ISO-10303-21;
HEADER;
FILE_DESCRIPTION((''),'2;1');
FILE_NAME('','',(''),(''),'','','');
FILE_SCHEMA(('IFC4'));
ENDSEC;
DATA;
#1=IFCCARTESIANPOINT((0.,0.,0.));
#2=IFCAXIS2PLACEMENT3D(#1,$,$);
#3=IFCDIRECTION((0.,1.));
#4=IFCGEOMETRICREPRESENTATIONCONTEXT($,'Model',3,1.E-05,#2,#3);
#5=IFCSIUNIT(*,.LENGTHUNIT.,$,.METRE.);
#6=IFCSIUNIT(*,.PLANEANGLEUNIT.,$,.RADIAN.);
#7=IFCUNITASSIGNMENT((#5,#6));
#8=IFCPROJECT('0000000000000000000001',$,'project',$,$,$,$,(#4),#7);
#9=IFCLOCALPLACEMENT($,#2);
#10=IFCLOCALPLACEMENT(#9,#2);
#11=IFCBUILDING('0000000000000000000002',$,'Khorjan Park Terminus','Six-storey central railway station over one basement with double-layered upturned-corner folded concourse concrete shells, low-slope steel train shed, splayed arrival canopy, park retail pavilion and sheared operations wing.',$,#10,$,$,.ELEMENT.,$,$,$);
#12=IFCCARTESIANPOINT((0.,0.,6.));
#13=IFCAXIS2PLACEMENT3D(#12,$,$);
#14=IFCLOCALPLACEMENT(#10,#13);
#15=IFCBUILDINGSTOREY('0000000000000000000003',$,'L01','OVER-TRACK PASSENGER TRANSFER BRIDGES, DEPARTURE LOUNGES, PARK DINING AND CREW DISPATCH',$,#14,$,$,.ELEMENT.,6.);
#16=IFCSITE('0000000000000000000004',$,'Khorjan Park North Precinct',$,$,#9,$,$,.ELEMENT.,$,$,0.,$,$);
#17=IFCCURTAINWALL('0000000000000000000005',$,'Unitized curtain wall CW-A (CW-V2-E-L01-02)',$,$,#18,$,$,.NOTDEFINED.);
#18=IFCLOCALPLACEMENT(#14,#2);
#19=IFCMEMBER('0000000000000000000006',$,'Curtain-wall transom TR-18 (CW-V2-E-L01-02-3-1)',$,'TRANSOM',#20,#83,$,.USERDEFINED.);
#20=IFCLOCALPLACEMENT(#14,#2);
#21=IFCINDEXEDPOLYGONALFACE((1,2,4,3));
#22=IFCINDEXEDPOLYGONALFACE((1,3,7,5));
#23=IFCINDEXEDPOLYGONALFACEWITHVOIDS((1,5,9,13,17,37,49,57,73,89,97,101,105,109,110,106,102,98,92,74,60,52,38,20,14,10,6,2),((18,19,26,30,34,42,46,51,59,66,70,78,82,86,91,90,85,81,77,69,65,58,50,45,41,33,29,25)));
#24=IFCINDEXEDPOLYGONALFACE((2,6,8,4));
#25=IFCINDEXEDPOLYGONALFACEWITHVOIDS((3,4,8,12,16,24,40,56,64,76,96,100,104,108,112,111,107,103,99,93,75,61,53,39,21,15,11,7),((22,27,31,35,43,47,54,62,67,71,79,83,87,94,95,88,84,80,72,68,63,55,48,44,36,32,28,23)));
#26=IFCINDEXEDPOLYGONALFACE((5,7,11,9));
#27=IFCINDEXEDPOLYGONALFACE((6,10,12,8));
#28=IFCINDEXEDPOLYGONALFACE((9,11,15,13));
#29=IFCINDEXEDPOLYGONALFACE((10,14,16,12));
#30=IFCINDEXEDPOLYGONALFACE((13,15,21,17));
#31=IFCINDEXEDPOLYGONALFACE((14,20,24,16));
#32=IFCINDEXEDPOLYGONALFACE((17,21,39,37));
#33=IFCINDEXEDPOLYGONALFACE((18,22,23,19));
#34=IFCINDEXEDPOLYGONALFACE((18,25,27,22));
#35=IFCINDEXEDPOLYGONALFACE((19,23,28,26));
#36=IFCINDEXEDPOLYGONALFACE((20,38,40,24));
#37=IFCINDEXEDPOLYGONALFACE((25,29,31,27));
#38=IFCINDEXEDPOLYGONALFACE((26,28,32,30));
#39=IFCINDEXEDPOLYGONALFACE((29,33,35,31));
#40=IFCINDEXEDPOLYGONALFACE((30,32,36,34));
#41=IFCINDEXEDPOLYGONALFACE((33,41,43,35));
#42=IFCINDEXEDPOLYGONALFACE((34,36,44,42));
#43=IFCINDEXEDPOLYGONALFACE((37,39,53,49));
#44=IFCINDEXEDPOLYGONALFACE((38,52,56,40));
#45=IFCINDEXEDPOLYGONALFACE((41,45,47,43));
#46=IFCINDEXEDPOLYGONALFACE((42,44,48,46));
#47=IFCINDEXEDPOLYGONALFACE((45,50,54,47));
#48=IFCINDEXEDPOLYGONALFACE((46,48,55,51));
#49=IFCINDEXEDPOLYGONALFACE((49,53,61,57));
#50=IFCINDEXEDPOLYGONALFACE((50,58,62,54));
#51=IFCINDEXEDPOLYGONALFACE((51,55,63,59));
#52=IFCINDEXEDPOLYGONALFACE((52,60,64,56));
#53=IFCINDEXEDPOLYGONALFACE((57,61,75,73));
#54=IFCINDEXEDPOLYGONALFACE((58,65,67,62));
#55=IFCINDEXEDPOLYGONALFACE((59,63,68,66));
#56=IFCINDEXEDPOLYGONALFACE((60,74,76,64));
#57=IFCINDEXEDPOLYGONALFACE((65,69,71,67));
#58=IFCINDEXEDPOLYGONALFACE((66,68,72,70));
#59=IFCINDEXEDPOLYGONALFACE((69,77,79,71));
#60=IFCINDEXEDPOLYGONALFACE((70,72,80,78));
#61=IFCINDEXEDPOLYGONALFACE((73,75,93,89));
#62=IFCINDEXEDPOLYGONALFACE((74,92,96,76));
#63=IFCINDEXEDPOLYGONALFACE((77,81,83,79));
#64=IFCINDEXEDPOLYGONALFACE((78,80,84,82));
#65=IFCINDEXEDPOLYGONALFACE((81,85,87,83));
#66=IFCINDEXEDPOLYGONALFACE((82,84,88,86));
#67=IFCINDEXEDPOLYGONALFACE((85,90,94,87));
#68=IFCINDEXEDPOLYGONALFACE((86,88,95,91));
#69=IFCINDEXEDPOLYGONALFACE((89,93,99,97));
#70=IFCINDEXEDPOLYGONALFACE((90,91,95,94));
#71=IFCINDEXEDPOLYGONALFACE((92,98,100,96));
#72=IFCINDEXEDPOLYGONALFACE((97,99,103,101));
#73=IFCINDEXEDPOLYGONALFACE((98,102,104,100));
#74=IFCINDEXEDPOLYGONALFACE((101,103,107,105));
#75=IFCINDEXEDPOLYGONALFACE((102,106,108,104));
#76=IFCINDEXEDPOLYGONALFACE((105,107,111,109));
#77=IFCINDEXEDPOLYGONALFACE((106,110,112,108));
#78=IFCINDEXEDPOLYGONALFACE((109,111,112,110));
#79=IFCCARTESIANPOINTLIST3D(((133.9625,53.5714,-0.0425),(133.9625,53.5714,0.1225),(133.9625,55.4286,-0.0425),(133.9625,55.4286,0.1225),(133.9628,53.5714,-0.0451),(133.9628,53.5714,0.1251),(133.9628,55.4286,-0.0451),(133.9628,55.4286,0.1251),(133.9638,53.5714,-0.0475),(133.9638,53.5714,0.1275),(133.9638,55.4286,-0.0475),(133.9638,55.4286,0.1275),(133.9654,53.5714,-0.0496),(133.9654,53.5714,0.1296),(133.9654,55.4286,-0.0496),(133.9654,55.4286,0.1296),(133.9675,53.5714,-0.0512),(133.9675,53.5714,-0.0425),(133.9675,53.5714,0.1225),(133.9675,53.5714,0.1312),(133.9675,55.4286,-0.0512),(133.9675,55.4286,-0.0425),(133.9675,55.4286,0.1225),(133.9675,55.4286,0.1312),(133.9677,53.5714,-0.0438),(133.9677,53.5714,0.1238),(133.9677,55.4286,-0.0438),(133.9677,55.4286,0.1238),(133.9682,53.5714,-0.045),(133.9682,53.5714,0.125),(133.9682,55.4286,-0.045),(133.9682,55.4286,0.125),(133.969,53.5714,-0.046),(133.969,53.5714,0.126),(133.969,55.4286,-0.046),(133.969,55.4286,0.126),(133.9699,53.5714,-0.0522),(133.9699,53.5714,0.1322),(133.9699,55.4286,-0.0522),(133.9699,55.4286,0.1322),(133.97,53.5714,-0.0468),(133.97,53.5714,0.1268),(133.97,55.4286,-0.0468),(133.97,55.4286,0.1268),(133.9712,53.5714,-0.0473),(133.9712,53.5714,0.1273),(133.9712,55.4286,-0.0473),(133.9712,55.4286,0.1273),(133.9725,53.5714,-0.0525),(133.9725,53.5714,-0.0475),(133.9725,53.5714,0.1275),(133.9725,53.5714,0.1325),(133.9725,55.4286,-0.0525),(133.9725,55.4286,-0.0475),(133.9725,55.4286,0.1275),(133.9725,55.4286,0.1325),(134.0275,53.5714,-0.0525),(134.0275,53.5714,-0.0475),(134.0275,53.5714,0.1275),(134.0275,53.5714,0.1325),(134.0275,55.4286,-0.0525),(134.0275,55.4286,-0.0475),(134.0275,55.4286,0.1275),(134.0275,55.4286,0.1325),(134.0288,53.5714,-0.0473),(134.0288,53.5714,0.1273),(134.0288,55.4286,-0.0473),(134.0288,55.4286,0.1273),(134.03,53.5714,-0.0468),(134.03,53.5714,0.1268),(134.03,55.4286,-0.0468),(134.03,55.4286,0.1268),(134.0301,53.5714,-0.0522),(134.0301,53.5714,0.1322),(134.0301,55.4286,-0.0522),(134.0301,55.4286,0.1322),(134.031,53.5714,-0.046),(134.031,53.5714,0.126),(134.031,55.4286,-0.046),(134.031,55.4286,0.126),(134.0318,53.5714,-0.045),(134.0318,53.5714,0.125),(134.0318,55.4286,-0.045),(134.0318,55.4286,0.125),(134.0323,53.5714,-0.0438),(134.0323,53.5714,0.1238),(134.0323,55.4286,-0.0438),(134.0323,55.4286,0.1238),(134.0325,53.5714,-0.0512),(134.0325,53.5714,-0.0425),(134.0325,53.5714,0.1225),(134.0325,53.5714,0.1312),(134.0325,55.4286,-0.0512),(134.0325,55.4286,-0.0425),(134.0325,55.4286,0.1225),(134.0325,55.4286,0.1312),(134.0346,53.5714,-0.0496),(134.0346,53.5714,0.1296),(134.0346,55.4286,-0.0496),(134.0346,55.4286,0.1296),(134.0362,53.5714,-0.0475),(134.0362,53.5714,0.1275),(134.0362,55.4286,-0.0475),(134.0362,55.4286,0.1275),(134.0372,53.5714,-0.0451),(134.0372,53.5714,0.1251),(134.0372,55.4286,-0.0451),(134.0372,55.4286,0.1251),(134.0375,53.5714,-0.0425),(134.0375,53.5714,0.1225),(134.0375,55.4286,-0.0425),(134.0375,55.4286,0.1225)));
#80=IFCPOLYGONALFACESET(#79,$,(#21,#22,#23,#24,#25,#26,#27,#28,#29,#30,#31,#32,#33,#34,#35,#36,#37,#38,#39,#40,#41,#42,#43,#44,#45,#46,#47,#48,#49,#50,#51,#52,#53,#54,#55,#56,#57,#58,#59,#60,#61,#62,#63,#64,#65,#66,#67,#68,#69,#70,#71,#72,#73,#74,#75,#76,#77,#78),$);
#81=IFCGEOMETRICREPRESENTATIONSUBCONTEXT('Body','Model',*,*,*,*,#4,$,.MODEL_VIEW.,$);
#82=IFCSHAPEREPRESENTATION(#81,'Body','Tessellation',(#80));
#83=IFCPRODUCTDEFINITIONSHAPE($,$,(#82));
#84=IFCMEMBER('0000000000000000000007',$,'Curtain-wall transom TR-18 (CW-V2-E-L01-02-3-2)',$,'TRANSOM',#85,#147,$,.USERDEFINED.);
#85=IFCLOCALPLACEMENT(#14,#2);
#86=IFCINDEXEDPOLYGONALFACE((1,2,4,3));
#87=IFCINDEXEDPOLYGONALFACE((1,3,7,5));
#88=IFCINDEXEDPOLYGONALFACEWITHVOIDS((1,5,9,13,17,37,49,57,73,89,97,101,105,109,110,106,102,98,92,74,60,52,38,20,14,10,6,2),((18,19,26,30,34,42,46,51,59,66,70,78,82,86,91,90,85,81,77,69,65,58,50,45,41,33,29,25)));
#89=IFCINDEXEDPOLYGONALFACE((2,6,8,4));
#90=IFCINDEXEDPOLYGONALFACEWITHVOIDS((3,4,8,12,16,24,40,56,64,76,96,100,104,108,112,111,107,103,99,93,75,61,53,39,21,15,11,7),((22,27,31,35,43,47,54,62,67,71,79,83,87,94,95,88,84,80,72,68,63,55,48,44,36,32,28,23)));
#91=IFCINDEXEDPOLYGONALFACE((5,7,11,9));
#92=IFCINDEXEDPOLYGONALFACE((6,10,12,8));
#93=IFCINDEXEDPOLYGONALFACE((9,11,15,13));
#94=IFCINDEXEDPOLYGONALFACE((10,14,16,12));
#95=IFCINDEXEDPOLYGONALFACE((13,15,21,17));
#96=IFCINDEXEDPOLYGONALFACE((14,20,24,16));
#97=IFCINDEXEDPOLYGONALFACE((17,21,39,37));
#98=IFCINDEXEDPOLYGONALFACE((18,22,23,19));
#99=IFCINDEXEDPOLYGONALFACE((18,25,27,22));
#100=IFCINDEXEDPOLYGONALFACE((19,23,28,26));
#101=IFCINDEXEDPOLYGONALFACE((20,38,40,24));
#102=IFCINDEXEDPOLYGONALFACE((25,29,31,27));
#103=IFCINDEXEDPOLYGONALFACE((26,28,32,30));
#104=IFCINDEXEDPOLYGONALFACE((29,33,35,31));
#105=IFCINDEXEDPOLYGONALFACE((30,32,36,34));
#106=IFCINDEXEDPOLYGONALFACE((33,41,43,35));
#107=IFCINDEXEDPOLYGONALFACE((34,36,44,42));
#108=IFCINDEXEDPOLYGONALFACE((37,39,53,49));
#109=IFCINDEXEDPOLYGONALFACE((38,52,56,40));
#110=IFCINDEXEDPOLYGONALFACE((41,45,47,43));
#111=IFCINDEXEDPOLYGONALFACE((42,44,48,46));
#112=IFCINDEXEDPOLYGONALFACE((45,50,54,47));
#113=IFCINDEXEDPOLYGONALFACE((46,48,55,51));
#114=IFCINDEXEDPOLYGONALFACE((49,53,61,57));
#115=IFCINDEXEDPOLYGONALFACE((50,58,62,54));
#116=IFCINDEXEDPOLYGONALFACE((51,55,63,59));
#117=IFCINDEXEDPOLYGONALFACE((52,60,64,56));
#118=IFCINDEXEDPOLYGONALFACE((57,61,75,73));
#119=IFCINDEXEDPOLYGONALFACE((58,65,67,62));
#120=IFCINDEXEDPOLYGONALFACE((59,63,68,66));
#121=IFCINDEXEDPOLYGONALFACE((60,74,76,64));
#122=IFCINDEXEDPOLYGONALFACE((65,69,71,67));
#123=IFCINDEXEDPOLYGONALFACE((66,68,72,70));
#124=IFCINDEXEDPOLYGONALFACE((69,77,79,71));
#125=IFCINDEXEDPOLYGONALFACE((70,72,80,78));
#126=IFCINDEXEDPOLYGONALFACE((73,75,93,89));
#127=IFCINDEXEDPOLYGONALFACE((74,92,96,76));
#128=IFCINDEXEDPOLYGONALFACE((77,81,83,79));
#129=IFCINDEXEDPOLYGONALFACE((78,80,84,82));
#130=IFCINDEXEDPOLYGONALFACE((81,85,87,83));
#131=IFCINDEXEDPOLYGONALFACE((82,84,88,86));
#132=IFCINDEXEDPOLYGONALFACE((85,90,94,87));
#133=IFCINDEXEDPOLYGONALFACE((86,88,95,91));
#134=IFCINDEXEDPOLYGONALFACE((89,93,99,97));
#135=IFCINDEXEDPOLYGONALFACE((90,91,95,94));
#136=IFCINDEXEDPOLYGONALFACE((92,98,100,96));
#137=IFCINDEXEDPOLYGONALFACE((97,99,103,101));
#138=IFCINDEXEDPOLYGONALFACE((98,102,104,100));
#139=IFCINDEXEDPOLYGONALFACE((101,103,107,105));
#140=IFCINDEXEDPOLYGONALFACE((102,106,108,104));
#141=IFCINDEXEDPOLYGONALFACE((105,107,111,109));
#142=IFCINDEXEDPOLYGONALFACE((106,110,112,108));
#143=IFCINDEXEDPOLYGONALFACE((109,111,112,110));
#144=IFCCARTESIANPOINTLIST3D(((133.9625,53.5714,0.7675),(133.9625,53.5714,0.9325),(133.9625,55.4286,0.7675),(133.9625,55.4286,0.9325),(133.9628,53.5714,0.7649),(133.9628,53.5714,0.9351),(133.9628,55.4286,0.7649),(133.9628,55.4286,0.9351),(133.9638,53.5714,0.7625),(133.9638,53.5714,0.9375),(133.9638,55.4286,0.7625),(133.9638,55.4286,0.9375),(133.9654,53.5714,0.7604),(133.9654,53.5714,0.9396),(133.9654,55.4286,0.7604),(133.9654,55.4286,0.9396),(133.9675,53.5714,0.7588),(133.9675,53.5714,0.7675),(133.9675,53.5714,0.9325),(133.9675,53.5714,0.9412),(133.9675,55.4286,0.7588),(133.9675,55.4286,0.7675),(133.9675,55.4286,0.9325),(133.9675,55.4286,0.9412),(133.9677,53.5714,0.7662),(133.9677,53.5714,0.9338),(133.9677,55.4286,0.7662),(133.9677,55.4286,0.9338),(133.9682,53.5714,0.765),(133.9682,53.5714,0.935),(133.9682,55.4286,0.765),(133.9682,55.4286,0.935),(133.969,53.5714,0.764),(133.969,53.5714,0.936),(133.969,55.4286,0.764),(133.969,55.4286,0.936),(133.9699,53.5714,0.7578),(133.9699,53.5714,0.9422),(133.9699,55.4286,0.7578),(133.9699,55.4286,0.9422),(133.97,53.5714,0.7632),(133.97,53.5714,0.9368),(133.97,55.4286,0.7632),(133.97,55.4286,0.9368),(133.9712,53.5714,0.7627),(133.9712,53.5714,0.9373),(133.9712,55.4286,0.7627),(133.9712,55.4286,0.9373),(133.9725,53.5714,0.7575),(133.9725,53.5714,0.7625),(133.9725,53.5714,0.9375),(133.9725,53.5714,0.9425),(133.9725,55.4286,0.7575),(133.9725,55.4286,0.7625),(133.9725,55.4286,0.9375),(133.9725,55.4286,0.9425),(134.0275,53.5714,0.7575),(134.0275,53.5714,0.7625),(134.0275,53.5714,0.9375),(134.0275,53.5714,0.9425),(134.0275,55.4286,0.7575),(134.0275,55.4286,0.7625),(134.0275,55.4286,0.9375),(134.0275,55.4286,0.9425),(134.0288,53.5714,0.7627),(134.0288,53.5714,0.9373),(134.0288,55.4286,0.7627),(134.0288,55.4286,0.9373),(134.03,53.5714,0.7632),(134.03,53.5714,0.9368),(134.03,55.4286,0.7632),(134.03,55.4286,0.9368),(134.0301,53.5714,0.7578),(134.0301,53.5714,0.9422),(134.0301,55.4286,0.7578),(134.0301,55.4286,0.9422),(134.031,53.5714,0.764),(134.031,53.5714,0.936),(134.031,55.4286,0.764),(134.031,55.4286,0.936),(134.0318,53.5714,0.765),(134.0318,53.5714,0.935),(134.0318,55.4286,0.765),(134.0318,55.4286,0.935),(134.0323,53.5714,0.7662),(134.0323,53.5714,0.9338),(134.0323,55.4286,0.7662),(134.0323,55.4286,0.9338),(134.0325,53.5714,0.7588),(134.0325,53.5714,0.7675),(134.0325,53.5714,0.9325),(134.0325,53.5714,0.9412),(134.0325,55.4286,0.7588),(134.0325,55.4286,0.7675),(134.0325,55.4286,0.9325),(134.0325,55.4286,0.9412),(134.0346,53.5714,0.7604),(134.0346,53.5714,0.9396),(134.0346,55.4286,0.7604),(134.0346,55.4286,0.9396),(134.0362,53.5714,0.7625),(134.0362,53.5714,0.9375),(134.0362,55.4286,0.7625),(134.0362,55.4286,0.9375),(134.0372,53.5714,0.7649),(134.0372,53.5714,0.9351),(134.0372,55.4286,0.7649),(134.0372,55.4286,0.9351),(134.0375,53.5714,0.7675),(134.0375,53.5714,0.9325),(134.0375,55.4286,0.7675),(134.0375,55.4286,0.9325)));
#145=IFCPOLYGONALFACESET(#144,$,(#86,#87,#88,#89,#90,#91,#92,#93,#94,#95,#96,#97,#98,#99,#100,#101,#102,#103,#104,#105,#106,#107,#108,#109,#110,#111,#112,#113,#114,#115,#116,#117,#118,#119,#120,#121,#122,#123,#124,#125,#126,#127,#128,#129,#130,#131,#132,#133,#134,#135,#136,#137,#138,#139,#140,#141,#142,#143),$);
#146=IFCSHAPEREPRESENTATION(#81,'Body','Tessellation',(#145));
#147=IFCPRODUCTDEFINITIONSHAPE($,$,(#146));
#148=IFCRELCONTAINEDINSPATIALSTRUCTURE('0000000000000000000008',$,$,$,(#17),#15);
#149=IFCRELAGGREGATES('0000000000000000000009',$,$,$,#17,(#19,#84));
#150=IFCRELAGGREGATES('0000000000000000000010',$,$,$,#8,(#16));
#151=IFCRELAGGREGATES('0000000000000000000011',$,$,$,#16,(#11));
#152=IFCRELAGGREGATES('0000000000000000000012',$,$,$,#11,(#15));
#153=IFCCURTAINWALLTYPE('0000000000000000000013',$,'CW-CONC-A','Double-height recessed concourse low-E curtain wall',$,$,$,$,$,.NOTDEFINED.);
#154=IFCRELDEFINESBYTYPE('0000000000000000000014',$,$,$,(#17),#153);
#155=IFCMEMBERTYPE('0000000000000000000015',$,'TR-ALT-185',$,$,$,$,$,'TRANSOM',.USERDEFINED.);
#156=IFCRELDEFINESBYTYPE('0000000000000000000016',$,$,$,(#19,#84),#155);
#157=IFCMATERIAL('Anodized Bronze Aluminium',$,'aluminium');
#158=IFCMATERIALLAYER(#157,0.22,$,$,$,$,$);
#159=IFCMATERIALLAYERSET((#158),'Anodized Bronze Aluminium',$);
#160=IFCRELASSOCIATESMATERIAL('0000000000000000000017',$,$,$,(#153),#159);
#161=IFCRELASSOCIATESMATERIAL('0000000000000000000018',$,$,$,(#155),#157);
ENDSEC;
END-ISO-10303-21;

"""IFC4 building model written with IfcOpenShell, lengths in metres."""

from ifc_helpers import new_model, si_unit, direction, frame, origin, origin_2d, place, context, subcontext, project, spatial, hollow_rectangle, extrude, material, layer, layer_set, material_profile, profile_set, type_object, element, aggregate, save


model = new_model("IFC4")

# Units and contexts
model_context = context("Model", 3, precision=1e-05, world=origin(), true_north=direction((0.0, 1.0)))
body_context = subcontext(model_context, "Body", "Model", "MODEL_VIEW")
ifc_project = project(units=[si_unit("LENGTHUNIT", "METRE"), si_unit("PLANEANGLEUNIT", "RADIAN")], contexts=[model_context])

# Site, building, storey
site_placement = place(None, origin())
site = spatial("IfcSite", under=ifc_project, at=site_placement, Name="Khorjan Park North Precinct", CompositionType="ELEMENT", RefElevation=0.0)
building_placement = place(site_placement, origin())
building = spatial("IfcBuilding", under=site, at=building_placement, Name="Khorjan Park Terminus", Description="Six-storey central railway station over one basement with double-layered upturned-corner folded concourse concrete shells, low-slope steel train shed, splayed arrival canopy, park retail pavilion and sheared operations wing.", CompositionType="ELEMENT")
storey_placement = place(building_placement, frame((0.0, 0.0, 6.0)))
storey = spatial("IfcBuildingStorey", under=building, at=storey_placement, Name="L01", Description="OVER-TRACK PASSENGER TRANSFER BRIDGES, DEPARTURE LOUNGES, PARK DINING AND CREW DISPATCH", CompositionType="ELEMENT", Elevation=6.0)

# Curtain wall, members
ifc_material_1 = material(Name="Anodized Bronze Aluminium", Category="aluminium")
ifc_layer_1 = layer(ifc_material_1, 0.22)
ifc_layer_set_1 = layer_set([ifc_layer_1], Name="Anodized Bronze Aluminium")
curtain_wall_type = type_object("IfcCurtainWallType", Name="CW-CONC-A", Description="Double-height recessed concourse low-E curtain wall", PredefinedType="NOTDEFINED", material=ifc_layer_set_1)
curtain_wall_placement = place(storey_placement, origin())
curtain_wall = element("IfcCurtainWall", 1, at=curtain_wall_placement, inside=storey, type_object=curtain_wall_type, Name="Unitized curtain wall CW-A (CW-V2-E-L01-02)", PredefinedType="NOTDEFINED")
ifc_material_profile_1 = material_profile(ifc_material_1, hollow_rectangle(XDim=0.075, YDim=0.185, WallThickness=0.005, InnerFilletRadius=0.005, OuterFilletRadius=0.01, at=origin_2d()), Name="ALT 75x185x5")
ifc_profile_set_1 = profile_set([ifc_material_profile_1], Name="Anodized Bronze Aluminium")
member_type_1 = type_object("IfcMemberType", Name="TR-ALT-185", ElementType="TRANSOM", PredefinedType="USERDEFINED", material=ifc_profile_set_1)
member_1_placement = place(storey_placement, frame((134.0, 53.5714, 0.04), z_axis=(0.0, 1.0, 0.0), x_axis=(-1.0, 0.0, 0.0)))
member_1 = element("IfcMember", 2, at=member_1_placement, type_object=member_type_1, Name="Curtain-wall transom TR-18 (CW-V2-E-L01-02-3-1)", ObjectType="TRANSOM", PredefinedType="USERDEFINED", context=body_context, shape_type="SweptSolid", body=[
    extrude(hollow_rectangle(XDim=0.075, YDim=0.185, WallThickness=0.005, InnerFilletRadius=0.005, OuterFilletRadius=0.01, at=origin_2d()), origin(), (0.0, 0.0, 1.0), 1.8572),
])
member_2_placement = place(storey_placement, frame((134.0, 53.5714, 0.85), z_axis=(0.0, 1.0, 0.0), x_axis=(-1.0, 0.0, 0.0)))
member_2 = element("IfcMember", 3, at=member_2_placement, type_object=member_type_1, Name="Curtain-wall transom TR-18 (CW-V2-E-L01-02-3-2)", ObjectType="TRANSOM", PredefinedType="USERDEFINED", context=body_context, shape_type="SweptSolid", body=[
    extrude(hollow_rectangle(XDim=0.075, YDim=0.185, WallThickness=0.005, InnerFilletRadius=0.005, OuterFilletRadius=0.01, at=origin_2d()), origin(), (0.0, 0.0, 1.0), 1.8572),
])
aggregate(curtain_wall, [member_1, member_2])

save(model, "model.ifc")
